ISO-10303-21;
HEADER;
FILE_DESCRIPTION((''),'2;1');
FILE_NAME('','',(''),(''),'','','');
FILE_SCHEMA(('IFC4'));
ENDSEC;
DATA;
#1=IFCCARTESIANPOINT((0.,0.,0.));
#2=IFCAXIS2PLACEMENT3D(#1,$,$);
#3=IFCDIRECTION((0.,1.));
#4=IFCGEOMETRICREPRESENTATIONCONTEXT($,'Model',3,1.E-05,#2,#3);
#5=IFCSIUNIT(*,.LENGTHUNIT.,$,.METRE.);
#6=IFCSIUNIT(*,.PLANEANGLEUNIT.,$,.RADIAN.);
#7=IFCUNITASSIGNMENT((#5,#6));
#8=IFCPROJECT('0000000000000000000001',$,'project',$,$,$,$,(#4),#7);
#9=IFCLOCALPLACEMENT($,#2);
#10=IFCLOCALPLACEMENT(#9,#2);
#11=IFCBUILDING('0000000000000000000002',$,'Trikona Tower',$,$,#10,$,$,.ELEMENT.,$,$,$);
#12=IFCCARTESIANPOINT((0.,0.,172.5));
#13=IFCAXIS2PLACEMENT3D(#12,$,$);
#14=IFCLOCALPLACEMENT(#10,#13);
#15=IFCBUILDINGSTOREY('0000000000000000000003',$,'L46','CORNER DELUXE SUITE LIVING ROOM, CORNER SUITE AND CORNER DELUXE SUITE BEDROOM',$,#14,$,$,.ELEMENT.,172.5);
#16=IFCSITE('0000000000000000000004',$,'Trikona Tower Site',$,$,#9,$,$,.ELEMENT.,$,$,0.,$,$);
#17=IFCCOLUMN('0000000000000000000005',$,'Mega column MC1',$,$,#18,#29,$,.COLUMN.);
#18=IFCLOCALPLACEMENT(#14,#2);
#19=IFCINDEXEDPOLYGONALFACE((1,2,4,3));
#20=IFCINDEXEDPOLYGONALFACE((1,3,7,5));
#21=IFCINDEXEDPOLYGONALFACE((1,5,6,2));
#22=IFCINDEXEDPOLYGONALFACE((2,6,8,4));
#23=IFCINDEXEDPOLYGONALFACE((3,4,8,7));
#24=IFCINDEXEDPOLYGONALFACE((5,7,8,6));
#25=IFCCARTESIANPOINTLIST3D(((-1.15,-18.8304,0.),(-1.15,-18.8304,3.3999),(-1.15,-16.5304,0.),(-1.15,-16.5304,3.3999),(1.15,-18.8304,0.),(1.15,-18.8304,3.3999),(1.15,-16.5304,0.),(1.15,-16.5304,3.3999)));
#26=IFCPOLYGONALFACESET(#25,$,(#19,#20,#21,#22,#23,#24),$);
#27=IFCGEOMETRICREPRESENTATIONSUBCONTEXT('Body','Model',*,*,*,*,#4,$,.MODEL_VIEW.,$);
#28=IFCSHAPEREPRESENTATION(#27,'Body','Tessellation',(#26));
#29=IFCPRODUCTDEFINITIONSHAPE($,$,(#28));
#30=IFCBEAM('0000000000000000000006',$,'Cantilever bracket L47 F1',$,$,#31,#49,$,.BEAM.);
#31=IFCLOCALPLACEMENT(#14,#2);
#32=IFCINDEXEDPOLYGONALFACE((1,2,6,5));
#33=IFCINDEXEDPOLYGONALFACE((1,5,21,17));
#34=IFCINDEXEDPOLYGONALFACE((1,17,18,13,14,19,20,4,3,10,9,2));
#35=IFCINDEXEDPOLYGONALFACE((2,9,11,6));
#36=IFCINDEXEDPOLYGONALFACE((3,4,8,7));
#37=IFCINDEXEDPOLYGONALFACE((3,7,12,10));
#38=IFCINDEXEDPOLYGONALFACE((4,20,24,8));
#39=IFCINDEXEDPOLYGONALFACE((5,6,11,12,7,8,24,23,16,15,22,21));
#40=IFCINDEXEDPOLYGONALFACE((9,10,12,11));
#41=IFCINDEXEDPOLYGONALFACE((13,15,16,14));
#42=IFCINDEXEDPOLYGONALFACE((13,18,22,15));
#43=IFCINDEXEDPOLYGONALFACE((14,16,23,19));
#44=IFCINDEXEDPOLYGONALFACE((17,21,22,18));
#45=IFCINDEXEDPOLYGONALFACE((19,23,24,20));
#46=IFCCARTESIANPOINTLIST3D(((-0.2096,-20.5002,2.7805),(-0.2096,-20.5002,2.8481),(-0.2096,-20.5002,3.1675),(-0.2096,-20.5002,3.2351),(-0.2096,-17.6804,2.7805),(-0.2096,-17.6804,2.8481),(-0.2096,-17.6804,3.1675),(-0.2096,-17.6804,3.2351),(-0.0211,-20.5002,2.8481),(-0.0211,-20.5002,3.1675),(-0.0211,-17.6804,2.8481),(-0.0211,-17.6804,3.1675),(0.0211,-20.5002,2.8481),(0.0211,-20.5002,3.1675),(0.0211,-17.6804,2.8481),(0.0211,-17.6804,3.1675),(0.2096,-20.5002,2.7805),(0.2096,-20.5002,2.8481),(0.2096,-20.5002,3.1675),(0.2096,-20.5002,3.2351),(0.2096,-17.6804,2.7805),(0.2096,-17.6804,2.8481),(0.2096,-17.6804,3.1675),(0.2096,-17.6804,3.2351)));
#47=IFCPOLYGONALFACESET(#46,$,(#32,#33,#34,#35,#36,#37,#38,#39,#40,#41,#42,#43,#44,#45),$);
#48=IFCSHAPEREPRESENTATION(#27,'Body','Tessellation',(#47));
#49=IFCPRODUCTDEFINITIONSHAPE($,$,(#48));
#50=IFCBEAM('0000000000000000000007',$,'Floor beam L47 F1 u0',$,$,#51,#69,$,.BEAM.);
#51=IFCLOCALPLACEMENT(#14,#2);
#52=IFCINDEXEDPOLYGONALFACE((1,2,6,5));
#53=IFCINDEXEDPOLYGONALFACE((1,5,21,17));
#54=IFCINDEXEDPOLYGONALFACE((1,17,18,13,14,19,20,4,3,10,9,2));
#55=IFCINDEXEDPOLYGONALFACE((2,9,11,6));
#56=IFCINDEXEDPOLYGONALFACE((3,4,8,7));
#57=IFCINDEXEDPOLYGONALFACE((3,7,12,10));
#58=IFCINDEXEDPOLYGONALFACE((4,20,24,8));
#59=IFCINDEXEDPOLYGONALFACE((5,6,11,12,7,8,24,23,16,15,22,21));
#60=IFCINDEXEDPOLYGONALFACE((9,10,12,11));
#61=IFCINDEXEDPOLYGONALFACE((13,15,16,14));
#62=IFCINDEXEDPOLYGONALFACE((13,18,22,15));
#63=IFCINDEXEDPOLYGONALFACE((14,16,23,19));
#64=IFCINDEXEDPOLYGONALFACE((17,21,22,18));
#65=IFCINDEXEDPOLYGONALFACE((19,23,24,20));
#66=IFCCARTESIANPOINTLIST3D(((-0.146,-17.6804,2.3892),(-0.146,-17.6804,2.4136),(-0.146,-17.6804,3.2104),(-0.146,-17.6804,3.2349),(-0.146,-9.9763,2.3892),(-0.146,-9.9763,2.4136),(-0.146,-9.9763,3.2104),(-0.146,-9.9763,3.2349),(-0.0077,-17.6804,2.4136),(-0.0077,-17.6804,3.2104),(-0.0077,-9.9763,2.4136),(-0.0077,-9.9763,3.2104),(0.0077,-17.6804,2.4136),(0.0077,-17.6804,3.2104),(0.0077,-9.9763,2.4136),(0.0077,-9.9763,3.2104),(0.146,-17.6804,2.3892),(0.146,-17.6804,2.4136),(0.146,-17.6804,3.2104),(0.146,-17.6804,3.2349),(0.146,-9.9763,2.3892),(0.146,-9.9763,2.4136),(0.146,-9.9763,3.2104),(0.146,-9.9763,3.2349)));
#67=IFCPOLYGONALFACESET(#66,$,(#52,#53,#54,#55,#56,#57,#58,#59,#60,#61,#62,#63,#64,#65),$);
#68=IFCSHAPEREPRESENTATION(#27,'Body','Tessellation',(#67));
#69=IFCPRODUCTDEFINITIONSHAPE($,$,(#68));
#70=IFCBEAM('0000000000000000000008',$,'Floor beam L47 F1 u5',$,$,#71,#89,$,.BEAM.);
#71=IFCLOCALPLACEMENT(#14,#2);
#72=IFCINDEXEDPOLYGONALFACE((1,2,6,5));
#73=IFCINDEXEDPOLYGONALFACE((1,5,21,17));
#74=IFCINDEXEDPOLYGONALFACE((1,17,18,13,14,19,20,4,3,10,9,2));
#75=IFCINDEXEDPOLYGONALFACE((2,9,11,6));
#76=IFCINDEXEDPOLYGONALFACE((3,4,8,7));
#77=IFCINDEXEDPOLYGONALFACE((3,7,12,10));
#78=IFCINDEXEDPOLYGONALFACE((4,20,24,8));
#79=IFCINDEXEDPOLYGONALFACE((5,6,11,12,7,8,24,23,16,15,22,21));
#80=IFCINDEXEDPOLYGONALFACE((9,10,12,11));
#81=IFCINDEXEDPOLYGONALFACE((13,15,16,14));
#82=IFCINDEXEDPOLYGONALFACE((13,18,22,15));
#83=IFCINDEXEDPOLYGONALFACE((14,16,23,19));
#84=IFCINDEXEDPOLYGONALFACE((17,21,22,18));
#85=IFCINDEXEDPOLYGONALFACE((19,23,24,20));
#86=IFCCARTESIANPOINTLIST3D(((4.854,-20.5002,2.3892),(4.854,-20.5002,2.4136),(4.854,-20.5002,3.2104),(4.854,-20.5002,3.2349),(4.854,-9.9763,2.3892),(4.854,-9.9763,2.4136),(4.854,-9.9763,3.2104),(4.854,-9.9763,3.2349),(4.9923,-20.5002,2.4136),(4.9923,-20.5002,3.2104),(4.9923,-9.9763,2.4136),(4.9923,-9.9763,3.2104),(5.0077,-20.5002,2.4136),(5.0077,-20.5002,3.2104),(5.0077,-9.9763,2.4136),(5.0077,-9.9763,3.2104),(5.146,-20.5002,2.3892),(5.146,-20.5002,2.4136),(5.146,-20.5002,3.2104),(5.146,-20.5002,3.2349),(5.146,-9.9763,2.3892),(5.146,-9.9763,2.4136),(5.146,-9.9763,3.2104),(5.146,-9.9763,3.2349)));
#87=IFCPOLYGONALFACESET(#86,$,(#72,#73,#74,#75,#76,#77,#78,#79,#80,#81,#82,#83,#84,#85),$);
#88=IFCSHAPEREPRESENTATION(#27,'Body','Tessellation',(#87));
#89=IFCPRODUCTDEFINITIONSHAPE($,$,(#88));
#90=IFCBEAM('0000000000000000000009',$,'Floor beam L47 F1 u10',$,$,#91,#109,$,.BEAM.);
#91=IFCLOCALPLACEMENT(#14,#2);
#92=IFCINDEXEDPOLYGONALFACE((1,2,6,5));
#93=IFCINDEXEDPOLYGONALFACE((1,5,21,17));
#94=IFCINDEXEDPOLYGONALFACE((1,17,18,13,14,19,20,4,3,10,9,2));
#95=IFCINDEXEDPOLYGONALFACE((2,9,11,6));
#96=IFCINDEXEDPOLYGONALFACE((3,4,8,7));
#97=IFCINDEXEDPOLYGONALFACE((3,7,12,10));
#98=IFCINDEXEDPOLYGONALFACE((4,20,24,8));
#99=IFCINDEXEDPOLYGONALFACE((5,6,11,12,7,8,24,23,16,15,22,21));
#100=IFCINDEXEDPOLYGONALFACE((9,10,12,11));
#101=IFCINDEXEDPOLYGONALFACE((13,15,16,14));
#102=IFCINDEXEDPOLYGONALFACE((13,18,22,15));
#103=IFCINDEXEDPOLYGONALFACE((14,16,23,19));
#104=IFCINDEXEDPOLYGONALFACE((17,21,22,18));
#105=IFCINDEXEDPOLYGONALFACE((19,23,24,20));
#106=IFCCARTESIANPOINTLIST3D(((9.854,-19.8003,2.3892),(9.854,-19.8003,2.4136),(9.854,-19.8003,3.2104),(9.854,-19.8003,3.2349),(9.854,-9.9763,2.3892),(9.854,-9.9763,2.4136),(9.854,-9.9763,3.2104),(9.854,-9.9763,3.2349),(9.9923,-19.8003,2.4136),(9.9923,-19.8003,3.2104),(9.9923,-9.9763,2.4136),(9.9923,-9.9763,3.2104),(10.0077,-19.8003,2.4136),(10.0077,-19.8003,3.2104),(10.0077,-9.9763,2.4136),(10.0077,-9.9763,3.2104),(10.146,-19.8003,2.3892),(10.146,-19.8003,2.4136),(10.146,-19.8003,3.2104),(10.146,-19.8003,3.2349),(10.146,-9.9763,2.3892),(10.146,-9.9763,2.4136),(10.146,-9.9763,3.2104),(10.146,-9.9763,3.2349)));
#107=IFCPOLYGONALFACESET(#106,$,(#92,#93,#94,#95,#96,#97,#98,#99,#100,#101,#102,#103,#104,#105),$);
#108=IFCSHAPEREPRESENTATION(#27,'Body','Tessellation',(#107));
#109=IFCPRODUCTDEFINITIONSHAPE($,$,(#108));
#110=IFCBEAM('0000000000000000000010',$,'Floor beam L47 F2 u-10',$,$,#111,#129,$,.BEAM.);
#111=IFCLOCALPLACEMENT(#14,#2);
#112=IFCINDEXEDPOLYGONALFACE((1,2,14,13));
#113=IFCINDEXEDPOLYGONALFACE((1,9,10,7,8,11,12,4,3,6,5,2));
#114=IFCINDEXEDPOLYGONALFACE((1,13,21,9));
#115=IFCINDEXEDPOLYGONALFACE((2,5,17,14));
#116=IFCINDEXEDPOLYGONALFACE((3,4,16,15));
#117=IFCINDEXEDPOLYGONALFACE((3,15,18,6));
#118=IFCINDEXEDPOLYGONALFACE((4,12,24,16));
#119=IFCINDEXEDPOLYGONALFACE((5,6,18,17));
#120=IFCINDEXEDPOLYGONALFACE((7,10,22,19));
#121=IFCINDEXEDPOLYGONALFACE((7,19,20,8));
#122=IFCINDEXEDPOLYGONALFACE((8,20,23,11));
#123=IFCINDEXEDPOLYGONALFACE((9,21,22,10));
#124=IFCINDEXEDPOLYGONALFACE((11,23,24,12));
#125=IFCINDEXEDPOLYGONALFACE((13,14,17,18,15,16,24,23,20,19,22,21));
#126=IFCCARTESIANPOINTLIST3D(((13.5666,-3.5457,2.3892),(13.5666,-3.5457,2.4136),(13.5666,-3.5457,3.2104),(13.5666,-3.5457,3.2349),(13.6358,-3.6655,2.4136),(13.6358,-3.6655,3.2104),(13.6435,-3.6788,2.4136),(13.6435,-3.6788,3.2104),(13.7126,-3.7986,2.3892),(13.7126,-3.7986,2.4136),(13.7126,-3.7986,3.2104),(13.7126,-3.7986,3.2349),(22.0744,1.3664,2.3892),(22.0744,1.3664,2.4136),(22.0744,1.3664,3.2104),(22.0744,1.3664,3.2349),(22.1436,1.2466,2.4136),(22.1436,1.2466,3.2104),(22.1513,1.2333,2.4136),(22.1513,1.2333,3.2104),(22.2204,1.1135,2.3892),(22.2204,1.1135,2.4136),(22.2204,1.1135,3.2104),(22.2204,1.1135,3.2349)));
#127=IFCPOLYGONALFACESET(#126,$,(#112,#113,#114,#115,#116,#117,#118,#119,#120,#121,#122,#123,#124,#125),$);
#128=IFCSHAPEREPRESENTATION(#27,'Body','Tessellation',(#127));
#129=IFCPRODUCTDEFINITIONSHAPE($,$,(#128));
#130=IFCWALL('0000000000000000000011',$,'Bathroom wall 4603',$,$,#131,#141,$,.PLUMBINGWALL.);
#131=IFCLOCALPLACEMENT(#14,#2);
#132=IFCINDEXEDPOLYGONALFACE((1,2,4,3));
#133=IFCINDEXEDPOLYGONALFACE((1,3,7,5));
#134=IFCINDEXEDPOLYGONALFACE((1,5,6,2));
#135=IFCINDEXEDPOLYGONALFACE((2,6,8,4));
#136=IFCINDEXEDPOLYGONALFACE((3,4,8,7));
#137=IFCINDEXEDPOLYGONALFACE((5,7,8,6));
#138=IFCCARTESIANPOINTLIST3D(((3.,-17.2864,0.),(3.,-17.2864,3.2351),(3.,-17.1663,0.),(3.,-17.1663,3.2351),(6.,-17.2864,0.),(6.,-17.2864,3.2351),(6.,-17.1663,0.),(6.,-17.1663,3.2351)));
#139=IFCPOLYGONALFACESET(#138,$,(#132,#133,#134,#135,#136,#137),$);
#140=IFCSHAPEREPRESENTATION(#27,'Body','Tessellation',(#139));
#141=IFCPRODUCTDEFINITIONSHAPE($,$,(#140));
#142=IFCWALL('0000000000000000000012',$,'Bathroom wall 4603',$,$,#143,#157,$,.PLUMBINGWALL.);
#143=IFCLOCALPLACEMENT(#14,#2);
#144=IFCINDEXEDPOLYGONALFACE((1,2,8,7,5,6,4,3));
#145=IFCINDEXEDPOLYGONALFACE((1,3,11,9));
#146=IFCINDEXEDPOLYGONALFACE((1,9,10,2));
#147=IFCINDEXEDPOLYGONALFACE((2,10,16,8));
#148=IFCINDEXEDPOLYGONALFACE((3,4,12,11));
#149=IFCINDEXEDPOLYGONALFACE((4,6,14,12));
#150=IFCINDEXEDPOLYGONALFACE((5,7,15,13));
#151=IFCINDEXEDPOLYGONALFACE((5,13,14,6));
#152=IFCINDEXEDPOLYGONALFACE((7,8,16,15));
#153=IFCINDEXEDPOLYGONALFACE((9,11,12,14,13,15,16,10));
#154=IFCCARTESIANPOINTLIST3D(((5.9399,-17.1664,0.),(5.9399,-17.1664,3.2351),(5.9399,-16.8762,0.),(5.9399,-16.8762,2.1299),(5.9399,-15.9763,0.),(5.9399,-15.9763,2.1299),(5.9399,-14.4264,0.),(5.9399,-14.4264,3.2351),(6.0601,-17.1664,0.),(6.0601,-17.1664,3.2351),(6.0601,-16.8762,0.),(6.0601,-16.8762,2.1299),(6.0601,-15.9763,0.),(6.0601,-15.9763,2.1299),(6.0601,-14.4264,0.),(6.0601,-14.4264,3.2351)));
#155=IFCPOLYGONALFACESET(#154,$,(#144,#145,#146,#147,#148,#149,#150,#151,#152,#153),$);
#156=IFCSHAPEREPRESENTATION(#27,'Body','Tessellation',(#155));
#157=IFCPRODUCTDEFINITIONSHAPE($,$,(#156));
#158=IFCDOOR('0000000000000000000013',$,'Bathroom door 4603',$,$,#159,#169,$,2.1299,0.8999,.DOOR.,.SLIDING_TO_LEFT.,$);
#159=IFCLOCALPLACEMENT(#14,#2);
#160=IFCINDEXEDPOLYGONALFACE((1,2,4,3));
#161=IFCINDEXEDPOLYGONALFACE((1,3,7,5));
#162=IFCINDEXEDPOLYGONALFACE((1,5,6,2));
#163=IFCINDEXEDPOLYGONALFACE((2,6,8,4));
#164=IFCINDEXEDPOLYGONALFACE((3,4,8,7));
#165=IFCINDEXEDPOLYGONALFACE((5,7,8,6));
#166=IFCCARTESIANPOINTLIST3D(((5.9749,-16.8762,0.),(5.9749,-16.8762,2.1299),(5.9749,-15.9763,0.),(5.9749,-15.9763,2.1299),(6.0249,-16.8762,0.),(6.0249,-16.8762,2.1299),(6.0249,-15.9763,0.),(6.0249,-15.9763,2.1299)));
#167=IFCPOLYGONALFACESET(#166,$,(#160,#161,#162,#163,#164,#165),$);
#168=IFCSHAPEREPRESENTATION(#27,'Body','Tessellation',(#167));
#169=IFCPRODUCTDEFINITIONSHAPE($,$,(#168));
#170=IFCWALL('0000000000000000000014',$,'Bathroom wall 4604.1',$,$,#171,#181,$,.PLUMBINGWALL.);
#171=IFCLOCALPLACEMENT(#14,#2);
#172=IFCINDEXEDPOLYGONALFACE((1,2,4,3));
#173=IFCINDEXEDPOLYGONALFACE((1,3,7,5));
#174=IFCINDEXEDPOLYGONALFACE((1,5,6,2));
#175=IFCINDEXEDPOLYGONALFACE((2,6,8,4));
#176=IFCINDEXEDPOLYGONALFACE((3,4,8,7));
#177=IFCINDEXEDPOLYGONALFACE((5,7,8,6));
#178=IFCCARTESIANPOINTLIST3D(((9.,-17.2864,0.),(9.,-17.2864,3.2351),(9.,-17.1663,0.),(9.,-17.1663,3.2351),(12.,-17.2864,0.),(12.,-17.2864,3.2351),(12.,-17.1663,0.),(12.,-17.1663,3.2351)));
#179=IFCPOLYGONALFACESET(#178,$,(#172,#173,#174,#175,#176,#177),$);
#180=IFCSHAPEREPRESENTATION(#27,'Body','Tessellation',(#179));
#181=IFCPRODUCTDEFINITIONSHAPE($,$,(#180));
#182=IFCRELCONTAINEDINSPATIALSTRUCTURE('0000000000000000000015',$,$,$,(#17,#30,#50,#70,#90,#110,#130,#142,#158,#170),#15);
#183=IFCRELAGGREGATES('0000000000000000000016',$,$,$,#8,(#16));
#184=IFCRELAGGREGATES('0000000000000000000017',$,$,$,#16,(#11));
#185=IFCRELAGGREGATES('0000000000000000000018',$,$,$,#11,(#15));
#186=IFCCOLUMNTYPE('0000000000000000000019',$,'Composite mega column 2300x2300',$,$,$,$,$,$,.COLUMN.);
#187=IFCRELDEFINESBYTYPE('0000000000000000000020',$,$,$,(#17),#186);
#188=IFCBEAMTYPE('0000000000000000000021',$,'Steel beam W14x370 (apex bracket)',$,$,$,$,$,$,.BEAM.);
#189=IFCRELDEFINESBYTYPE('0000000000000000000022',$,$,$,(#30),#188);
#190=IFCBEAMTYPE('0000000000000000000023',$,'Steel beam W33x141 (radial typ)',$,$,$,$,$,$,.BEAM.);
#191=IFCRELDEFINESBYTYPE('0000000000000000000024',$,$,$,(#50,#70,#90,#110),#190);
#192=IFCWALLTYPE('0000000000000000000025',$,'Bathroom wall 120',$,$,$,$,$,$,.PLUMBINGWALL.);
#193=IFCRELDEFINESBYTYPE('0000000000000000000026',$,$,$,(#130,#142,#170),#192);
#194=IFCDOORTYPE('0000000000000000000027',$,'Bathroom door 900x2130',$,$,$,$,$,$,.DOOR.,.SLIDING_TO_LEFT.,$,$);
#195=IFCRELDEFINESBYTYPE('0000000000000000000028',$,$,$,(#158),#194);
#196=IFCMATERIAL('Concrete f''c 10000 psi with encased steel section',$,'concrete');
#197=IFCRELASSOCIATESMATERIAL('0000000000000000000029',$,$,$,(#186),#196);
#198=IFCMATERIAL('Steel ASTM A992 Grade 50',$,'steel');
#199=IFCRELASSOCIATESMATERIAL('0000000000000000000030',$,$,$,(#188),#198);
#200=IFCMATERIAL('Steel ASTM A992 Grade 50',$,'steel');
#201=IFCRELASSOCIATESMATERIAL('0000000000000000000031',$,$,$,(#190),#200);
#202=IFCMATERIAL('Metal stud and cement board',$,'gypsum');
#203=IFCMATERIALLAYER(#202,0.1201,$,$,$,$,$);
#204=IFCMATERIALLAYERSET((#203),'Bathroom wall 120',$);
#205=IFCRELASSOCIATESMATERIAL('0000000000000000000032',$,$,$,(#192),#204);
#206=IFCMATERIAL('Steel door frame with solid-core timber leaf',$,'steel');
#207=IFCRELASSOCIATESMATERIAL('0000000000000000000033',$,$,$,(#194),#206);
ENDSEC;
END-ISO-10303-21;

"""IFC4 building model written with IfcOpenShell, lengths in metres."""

from ifc_helpers import new_model, si_unit, direction, frame, frame_2d, origin, origin_2d, place, context, subcontext, project, spatial, rectangle, i_section, extrude, material, layer, layer_set, material_profile, profile_set, type_object, element, fill, save


model = new_model("IFC4")

# Units and contexts
model_context = context("Model", 3, precision=1e-05, world=origin(), true_north=direction((0.0, 1.0)))
body_context = subcontext(model_context, "Body", "Model", "MODEL_VIEW")
ifc_project = project(units=[si_unit("LENGTHUNIT", "METRE"), si_unit("PLANEANGLEUNIT", "RADIAN")], contexts=[model_context])

# Site, building, storey
site_placement = place(None, origin())
site = spatial("IfcSite", under=ifc_project, at=site_placement, Name="Trikona Tower Site", CompositionType="ELEMENT", RefElevation=0.0)
building_placement = place(site_placement, origin())
building = spatial("IfcBuilding", under=site, at=building_placement, Name="Trikona Tower", CompositionType="ELEMENT")
storey_placement = place(building_placement, frame((0.0, 0.0, 172.5)))
storey = spatial("IfcBuildingStorey", under=building, at=storey_placement, Name="L46", Description="CORNER DELUXE SUITE LIVING ROOM, CORNER SUITE AND CORNER DELUXE SUITE BEDROOM", CompositionType="ELEMENT", Elevation=172.5)

# Column
ifc_material_1 = material(Name="Concrete f'c 10000 psi with encased steel section", Category="concrete")
ifc_material_profile_1 = material_profile(ifc_material_1, rectangle(XDim=2.3, YDim=2.3, at=origin_2d()), Name="MC2300")
ifc_profile_set_1 = profile_set([ifc_material_profile_1], Name="Concrete f'c 10000 psi with encased steel section")
column_type = type_object("IfcColumnType", Name="Composite mega column 2300x2300", PredefinedType="COLUMN", material=ifc_profile_set_1)
column_placement = place(storey_placement, frame((0.0, -17.6804, 0.0), z_axis=(0.0, 0.0, 1.0), x_axis=(0.0, -1.0, 0.0)))
element("IfcColumn", 1, at=column_placement, inside=storey, type_object=column_type, Name="Mega column MC1", PredefinedType="COLUMN", context=body_context, shape_type="SweptSolid", body=[
    extrude(rectangle(XDim=2.3, YDim=2.3, at=origin_2d()), origin(), (0.0, 0.0, 1.0), 3.3999),
])

# Beams
ifc_material_2 = material(Name="Steel ASTM A992 Grade 50", Category="steel")
ifc_material_profile_2 = material_profile(ifc_material_2, i_section(OverallWidth=0.4192, OverallDepth=0.4546, WebThickness=0.0422, FlangeThickness=0.0676, at=origin_2d()), Name="W14X370")
ifc_profile_set_2 = profile_set([ifc_material_profile_2], Name="Steel ASTM A992 Grade 50")
beam_type_1 = type_object("IfcBeamType", Name="Steel beam W14x370 (apex bracket)", PredefinedType="BEAM", material=ifc_profile_set_2)
beam_1_placement = place(storey_placement, frame((0.0, -17.6804, 3.0078), z_axis=(0.0, -1.0, 0.0), x_axis=(1.0, 0.0, 0.0)))
element("IfcBeam", 2, at=beam_1_placement, inside=storey, type_object=beam_type_1, Name="Cantilever bracket L47 F1", PredefinedType="BEAM", context=body_context, shape_type="SweptSolid", body=[
    extrude(i_section(OverallWidth=0.4192, OverallDepth=0.4546, WebThickness=0.0422, FlangeThickness=0.0676, at=origin_2d()), origin(), (0.0, 0.0, 1.0), 2.8198),
])
ifc_material_3 = material(Name="Steel ASTM A992 Grade 50", Category="steel")
ifc_material_profile_3 = material_profile(ifc_material_3, i_section(OverallWidth=0.292, OverallDepth=0.8457, WebThickness=0.0154, FlangeThickness=0.0244, at=origin_2d()), Name="W33X141")
ifc_profile_set_3 = profile_set([ifc_material_profile_3], Name="Steel ASTM A992 Grade 50")
beam_type_2 = type_object("IfcBeamType", Name="Steel beam W33x141 (radial typ)", PredefinedType="BEAM", material=ifc_profile_set_3)
beam_2_placement = place(storey_placement, frame((0.0, -9.9763, 2.812), z_axis=(0.0, -1.0, 0.0), x_axis=(1.0, 0.0, 0.0)))
element("IfcBeam", 3, at=beam_2_placement, inside=storey, type_object=beam_type_2, Name="Floor beam L47 F1 u0", PredefinedType="BEAM", context=body_context, shape_type="SweptSolid", body=[
    extrude(i_section(OverallWidth=0.292, OverallDepth=0.8457, WebThickness=0.0154, FlangeThickness=0.0244, at=origin_2d()), origin(), (0.0, 0.0, 1.0), 7.7041),
])
beam_3_placement = place(storey_placement, frame((5.0, -9.9763, 2.812), z_axis=(0.0, -1.0, 0.0), x_axis=(1.0, 0.0, 0.0)))
element("IfcBeam", 4, at=beam_3_placement, inside=storey, type_object=beam_type_2, Name="Floor beam L47 F1 u5", PredefinedType="BEAM", context=body_context, shape_type="SweptSolid", body=[
    extrude(i_section(OverallWidth=0.292, OverallDepth=0.8457, WebThickness=0.0154, FlangeThickness=0.0244, at=origin_2d()), origin(), (0.0, 0.0, 1.0), 10.5239),
])
for number, where, z_axis, x_axis, name in (
    (5, (10.0, -9.9763, 2.812), (0.0, -1.0, 0.0), (1.0, 0.0, 0.0), "Floor beam L47 F1 u10"),
    (6, (13.6396, -3.6721, 2.812), (0.86602, 0.500009, 0.0), (-0.500009, 0.86602, 0.0), "Floor beam L47 F2 u-10"),
):
    element("IfcBeam", number, at=place(storey_placement, frame(where, z_axis=z_axis, x_axis=x_axis)), inside=storey, type_object=beam_type_2, Name=name, PredefinedType="BEAM", context=body_context, shape_type="SweptSolid", body=[
        extrude(i_section(OverallWidth=0.292, OverallDepth=0.8457, WebThickness=0.0154, FlangeThickness=0.0244, at=origin_2d()), origin(), (0.0, 0.0, 1.0), 9.824),
    ])

# Wall
ifc_material_4 = material(Name="Metal stud and cement board", Category="gypsum")
ifc_layer_1 = layer(ifc_material_4, 0.1201)
ifc_layer_set_1 = layer_set([ifc_layer_1], Name="Bathroom wall 120")
wall_type_1 = type_object("IfcWallType", Name="Bathroom wall 120", PredefinedType="PLUMBINGWALL", material=ifc_layer_set_1)
wall_1_placement = place(storey_placement, frame((3.0, -17.2263, 0.0), z_axis=(0.0, 0.0, 1.0), x_axis=(1.0, 0.0, 0.0)))
element("IfcWall", 7, at=wall_1_placement, inside=storey, type_object=wall_type_1, Name="Bathroom wall 4603", PredefinedType="PLUMBINGWALL", context=body_context, shape_type="SweptSolid", body=[
    extrude(rectangle(XDim=3.0, YDim=0.1201, at=frame_2d((1.5, 0.0))), origin(), (0.0, 0.0, 1.0), 3.2351),
])

# Wall, opening, door
wall_2_placement = place(storey_placement, frame((6.0, -14.4263, 0.0), z_axis=(0.0, 0.0, 1.0), x_axis=(0.0, -1.0, 0.0)))
wall_2 = element("IfcWall", 8, at=wall_2_placement, inside=storey, type_object=wall_type_1, Name="Bathroom wall 4603", PredefinedType="PLUMBINGWALL", context=body_context, shape_type="SweptSolid", body=[
    extrude(rectangle(XDim=2.74, YDim=0.1201, at=frame_2d((1.3701, 0.0))), origin(), (0.0, 0.0, 1.0), 3.2351),
])
opening_1_placement = place(wall_2_placement, frame((1.55, 0.0, 0.0)))
opening_1 = element("IfcOpeningElement", 9, at=opening_1_placement, cuts=wall_2, PredefinedType="OPENING", context=body_context, shape_type="SweptSolid", body=[
    extrude(rectangle(XDim=0.8999, YDim=2.1299, at=frame_2d((0.45, 1.0649))), frame((0.0, 0.0701, 0.0), z_axis=(0.0, -1.0, 0.0), x_axis=(1.0, 0.0, 0.0)), (0.0, 0.0, 1.0), 0.1401),
])
ifc_material_5 = material(Name="Steel door frame with solid-core timber leaf", Category="steel")
door_type_1 = type_object("IfcDoorType", Name="Bathroom door 900x2130", OperationType="SLIDING_TO_LEFT", PredefinedType="DOOR", material=ifc_material_5)
door_1_placement = place(opening_1_placement, origin())
door_1 = element("IfcDoor", 10, at=door_1_placement, inside=storey, type_object=door_type_1, Name="Bathroom door 4603", OperationType="SLIDING_TO_LEFT", OverallHeight=2.1299, OverallWidth=0.8999, PredefinedType="DOOR", context=body_context, shape_type="SweptSolid", body=[
    extrude(rectangle(XDim=0.8999, YDim=2.1299, at=frame_2d((0.45, 1.0649))), frame((0.0, 0.0249, 0.0), z_axis=(0.0, -1.0, 0.0), x_axis=(1.0, 0.0, 0.0)), (0.0, 0.0, 1.0), 0.05),
])
fill(opening_1, door_1)

# Wall
wall_3_placement = place(storey_placement, frame((9.0, -17.2263, 0.0), z_axis=(0.0, 0.0, 1.0), x_axis=(1.0, 0.0, 0.0)))
element("IfcWall", 11, at=wall_3_placement, inside=storey, type_object=wall_type_1, Name="Bathroom wall 4604.1", PredefinedType="PLUMBINGWALL", context=body_context, shape_type="SweptSolid", body=[
    extrude(rectangle(XDim=3.0, YDim=0.1201, at=frame_2d((1.5, 0.0))), origin(), (0.0, 0.0, 1.0), 3.2351),
])

save(model, "model.ifc")
